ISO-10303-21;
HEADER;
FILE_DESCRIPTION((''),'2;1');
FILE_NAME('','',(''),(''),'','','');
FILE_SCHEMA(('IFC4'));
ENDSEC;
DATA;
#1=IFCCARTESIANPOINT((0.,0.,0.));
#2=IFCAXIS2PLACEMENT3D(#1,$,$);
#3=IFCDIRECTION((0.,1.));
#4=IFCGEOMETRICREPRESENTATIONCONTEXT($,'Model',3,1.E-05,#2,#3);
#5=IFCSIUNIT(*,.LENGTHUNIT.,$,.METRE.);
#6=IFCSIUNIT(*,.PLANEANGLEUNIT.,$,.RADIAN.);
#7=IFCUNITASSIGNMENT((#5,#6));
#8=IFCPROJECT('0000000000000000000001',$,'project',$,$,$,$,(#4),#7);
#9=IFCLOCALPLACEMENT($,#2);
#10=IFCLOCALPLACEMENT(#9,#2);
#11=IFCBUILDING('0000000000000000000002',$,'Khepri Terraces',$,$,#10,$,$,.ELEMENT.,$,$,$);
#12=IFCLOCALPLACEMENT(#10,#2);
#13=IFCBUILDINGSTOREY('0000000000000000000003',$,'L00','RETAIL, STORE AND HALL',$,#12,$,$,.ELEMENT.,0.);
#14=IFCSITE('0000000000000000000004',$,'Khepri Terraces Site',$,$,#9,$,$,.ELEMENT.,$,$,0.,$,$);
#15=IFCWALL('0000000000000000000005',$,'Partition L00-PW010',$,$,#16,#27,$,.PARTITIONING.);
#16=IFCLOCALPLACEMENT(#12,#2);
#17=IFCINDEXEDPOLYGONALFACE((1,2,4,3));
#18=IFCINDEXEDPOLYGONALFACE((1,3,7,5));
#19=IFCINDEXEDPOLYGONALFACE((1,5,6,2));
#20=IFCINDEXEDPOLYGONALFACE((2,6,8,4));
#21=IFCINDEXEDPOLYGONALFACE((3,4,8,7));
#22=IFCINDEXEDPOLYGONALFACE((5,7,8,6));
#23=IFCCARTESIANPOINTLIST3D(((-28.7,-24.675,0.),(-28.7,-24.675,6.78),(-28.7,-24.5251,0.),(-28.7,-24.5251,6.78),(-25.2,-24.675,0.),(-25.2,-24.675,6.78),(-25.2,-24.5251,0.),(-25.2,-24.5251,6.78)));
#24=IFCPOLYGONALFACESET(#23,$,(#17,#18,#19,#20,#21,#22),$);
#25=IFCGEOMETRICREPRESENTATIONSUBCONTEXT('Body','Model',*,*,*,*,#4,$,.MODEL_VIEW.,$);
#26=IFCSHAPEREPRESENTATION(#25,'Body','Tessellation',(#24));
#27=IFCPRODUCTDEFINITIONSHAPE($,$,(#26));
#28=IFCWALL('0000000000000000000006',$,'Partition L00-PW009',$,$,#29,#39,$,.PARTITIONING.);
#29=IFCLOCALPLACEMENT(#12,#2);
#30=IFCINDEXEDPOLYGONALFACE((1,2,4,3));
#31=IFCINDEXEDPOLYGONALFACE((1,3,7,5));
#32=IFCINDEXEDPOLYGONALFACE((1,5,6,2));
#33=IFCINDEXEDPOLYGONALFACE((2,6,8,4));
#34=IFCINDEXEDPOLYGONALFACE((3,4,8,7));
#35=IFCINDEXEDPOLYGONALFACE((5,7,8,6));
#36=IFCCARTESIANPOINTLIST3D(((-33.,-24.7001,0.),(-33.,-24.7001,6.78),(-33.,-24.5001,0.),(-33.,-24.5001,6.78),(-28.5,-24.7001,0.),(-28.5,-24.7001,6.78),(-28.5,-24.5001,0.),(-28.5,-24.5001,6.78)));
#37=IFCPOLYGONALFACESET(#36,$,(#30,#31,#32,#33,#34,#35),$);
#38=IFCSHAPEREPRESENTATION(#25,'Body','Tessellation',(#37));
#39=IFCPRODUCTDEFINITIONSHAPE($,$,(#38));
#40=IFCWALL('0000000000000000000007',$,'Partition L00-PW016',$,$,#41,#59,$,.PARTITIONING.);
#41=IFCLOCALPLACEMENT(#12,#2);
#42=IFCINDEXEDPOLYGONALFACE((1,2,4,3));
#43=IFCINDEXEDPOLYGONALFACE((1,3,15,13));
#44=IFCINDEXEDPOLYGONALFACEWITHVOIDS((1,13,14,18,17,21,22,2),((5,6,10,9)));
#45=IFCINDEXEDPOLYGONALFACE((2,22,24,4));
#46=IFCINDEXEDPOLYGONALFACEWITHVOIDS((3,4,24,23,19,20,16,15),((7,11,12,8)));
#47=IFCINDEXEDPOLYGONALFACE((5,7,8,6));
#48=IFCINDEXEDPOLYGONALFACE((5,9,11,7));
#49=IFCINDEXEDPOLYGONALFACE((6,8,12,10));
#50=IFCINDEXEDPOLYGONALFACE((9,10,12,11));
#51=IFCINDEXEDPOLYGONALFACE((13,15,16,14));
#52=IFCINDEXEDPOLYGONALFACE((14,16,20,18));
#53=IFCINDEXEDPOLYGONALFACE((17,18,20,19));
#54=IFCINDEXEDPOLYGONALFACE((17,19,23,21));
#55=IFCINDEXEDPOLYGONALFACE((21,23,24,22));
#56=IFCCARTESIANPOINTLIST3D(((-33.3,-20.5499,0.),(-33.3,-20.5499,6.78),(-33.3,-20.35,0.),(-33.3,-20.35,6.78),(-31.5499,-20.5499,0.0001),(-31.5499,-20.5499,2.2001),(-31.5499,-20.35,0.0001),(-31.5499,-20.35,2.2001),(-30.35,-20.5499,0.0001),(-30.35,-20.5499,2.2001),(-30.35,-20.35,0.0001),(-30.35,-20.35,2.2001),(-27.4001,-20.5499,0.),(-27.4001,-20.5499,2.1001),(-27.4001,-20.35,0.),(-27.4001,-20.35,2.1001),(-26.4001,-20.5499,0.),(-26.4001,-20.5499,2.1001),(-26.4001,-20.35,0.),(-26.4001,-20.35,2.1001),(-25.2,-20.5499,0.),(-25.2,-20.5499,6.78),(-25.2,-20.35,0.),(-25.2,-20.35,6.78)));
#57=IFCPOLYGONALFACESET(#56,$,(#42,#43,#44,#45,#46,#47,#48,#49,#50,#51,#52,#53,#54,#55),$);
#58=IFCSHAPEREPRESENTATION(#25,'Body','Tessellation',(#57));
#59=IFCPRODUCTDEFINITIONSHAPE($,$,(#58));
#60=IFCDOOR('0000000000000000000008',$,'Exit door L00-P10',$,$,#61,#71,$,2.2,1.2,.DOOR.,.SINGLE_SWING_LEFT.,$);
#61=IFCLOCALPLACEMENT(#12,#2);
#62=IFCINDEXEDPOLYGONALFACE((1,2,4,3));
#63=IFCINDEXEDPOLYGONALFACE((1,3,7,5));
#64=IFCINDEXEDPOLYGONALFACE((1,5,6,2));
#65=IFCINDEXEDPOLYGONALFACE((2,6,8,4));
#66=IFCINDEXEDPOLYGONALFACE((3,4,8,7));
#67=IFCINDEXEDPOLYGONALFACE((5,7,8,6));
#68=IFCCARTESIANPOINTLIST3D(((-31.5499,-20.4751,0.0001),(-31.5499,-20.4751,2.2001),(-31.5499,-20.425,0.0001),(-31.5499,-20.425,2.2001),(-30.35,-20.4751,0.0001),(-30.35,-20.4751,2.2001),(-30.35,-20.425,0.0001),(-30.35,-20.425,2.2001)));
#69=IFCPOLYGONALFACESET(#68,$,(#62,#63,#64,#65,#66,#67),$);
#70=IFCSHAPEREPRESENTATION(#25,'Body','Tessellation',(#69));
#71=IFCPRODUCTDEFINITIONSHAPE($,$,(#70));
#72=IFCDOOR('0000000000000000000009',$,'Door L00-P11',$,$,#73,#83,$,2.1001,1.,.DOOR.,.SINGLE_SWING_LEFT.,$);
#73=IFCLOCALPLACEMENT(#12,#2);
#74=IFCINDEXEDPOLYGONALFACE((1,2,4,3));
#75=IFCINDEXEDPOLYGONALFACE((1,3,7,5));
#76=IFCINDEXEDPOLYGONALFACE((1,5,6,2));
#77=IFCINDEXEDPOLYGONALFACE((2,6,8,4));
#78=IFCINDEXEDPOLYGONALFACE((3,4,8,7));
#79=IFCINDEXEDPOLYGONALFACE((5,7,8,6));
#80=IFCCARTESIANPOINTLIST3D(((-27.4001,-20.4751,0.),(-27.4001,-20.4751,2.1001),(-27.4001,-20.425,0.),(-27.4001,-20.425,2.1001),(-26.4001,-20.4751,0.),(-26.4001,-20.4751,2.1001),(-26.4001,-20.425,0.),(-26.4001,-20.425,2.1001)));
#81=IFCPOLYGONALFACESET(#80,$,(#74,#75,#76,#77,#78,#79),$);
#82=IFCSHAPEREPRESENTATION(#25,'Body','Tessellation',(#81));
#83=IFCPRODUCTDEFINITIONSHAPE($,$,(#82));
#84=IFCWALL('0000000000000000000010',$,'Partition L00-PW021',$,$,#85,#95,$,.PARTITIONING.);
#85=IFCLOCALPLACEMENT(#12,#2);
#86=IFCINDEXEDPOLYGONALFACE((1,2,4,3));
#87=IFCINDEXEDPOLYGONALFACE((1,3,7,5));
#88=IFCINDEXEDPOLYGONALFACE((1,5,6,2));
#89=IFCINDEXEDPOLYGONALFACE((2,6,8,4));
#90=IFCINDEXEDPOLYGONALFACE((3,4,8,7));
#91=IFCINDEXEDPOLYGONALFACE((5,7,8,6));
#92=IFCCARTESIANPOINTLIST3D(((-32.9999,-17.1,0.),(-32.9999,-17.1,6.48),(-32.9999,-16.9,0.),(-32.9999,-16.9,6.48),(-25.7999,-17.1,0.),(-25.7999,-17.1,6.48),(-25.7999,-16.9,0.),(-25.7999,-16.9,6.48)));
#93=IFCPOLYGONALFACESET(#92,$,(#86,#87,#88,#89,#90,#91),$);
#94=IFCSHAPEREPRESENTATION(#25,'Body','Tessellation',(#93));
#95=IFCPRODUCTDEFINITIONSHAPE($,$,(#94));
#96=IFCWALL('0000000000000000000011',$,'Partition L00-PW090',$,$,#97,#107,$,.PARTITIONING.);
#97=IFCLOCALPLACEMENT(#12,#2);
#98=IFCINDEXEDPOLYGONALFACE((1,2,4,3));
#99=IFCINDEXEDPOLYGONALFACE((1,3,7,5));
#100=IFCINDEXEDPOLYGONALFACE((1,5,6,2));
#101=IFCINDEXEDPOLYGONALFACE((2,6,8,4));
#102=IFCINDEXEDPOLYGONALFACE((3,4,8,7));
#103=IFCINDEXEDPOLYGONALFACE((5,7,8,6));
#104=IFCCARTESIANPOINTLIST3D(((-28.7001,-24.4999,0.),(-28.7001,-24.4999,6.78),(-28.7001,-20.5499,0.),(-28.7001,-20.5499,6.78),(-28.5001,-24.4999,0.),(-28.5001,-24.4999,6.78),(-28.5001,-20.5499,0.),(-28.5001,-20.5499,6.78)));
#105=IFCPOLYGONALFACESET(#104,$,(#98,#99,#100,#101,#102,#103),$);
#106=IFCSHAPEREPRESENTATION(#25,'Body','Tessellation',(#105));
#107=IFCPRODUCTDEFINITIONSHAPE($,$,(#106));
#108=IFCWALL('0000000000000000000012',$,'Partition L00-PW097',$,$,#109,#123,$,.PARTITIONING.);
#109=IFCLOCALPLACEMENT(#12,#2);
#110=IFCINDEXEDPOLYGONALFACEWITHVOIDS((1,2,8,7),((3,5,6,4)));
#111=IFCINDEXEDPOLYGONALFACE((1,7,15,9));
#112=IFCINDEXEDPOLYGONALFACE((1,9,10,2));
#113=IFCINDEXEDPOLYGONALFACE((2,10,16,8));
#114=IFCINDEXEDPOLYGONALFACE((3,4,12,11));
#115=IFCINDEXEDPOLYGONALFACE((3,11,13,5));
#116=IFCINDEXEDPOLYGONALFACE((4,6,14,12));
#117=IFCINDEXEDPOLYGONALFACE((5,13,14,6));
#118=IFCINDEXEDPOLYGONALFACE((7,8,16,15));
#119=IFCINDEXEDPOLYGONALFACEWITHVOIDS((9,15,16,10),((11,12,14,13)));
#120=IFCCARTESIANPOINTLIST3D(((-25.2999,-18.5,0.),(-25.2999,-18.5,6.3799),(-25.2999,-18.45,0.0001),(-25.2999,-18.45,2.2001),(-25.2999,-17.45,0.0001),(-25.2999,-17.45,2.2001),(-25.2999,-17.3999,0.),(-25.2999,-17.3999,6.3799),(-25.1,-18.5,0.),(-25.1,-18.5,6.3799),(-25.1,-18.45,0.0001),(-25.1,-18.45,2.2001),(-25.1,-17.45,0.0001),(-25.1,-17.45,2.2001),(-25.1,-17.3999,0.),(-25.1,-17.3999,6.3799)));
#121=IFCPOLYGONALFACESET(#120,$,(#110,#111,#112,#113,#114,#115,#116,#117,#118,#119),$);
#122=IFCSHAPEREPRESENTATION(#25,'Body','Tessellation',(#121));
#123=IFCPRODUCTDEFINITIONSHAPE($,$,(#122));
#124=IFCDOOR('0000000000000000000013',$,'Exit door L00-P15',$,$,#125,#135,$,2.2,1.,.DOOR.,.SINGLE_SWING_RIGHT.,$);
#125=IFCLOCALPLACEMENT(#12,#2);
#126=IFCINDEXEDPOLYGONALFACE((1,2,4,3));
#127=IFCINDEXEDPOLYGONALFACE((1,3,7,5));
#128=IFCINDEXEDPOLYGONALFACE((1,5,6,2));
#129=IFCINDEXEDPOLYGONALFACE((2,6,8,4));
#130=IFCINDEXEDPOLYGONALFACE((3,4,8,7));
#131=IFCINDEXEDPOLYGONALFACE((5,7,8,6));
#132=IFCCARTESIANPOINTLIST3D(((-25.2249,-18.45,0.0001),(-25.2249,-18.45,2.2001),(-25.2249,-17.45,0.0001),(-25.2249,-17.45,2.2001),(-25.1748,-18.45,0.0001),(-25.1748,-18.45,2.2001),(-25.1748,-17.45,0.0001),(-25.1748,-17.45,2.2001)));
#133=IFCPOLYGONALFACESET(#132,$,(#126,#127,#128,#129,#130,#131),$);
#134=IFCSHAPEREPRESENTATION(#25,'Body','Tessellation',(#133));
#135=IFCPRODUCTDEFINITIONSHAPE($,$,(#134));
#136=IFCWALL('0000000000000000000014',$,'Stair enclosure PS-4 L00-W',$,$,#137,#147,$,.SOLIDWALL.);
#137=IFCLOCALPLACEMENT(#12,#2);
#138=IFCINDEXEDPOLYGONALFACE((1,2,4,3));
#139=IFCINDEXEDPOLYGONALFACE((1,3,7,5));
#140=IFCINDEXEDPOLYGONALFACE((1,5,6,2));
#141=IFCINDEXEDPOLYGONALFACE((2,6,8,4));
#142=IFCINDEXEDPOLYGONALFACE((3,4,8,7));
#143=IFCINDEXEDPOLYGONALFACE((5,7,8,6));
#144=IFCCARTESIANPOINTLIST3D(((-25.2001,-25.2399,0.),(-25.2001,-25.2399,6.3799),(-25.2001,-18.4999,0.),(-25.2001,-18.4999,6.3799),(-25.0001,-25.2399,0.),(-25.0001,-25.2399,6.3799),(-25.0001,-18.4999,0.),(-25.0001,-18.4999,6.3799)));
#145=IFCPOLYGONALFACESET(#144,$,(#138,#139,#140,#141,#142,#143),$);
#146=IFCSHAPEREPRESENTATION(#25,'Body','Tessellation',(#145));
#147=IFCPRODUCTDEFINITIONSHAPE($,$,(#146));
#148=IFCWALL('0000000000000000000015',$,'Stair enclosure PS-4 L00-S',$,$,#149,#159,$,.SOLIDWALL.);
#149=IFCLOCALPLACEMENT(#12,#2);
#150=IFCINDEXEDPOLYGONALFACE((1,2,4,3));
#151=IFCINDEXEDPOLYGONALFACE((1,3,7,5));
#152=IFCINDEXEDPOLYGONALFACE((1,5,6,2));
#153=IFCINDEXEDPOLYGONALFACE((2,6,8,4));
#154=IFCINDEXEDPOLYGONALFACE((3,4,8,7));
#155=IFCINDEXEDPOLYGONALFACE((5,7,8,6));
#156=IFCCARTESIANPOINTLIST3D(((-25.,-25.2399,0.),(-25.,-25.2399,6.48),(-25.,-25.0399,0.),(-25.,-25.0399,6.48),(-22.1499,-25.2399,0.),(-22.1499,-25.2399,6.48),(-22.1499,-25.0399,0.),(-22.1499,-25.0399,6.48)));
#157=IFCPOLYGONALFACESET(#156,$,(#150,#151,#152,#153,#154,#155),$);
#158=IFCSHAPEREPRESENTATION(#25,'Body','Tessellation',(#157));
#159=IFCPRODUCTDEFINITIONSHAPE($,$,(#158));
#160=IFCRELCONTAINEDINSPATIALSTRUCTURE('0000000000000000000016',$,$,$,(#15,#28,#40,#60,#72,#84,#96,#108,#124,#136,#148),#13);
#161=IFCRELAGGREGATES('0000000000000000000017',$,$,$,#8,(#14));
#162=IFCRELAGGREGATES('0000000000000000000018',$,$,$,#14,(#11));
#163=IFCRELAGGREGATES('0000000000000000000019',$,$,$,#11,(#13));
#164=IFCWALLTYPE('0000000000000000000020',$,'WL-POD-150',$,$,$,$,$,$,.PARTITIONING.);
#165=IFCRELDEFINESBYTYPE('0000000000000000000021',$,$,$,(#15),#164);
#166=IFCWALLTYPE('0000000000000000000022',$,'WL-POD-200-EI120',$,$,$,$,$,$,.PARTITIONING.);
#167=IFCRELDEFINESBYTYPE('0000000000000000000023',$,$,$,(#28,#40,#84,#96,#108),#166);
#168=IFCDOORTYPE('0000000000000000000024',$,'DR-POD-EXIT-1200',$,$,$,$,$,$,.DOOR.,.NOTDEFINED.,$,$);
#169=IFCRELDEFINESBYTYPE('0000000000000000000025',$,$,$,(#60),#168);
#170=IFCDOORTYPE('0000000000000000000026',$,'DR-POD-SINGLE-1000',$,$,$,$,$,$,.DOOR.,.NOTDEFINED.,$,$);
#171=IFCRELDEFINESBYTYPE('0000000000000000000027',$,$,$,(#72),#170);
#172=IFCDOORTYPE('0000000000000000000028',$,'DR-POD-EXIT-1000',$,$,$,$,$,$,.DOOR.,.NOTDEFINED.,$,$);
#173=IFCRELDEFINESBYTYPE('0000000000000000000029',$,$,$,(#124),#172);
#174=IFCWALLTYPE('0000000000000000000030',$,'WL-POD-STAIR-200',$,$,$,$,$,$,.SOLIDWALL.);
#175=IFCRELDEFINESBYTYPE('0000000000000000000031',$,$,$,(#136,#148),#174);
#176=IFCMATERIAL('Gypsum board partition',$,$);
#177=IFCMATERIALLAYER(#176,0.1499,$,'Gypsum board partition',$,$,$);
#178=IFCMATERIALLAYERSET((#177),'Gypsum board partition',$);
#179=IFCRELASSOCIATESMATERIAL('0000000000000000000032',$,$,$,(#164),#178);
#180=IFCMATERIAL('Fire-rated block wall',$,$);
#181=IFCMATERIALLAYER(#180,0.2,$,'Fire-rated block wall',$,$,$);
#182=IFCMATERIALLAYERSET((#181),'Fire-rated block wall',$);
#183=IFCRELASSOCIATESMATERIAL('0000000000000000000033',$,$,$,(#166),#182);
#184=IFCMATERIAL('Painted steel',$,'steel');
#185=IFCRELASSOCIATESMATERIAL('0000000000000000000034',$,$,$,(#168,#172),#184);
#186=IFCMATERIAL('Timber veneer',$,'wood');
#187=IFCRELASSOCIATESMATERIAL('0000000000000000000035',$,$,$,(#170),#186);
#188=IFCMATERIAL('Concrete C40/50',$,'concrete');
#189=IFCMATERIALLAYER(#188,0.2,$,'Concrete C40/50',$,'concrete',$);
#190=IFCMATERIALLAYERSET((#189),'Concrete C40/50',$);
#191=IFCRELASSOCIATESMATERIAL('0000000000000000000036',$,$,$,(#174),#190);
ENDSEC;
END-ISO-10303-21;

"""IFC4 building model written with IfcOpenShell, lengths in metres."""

from ifc_helpers import new_model, si_unit, direction, frame, frame_2d, origin, place, context, subcontext, project, spatial, rectangle, extrude, material, layer, layer_set, type_object, element, fill, save


model = new_model("IFC4")

# Units and contexts
model_context = context("Model", 3, precision=1e-05, world=origin(), true_north=direction((0.0, 1.0)))
body_context = subcontext(model_context, "Body", "Model", "MODEL_VIEW")
ifc_project = project(units=[si_unit("LENGTHUNIT", "METRE"), si_unit("PLANEANGLEUNIT", "RADIAN")], contexts=[model_context])

# Site, building, storey
site_placement = place(None, origin())
site = spatial("IfcSite", under=ifc_project, at=site_placement, Name="Khepri Terraces Site", CompositionType="ELEMENT", RefElevation=0.0)
building_placement = place(site_placement, origin())
building = spatial("IfcBuilding", under=site, at=building_placement, Name="Khepri Terraces", CompositionType="ELEMENT")
storey_placement = place(building_placement, origin())
storey = spatial("IfcBuildingStorey", under=building, at=storey_placement, Name="L00", Description="RETAIL, STORE AND HALL", CompositionType="ELEMENT", Elevation=0.0)

# Walls
ifc_material_1 = material(Name="Gypsum board partition")
ifc_layer_1 = layer(ifc_material_1, 0.1499, Name="Gypsum board partition")
ifc_layer_set_1 = layer_set([ifc_layer_1], Name="Gypsum board partition")
wall_type_1 = type_object("IfcWallType", Name="WL-POD-150", PredefinedType="PARTITIONING", material=ifc_layer_set_1)
wall_1_placement = place(storey_placement, frame((-28.7, -24.6001, 0.0), z_axis=(0.0, 0.0, 1.0), x_axis=(1.0, 0.0, 0.0)))
element("IfcWall", 1, at=wall_1_placement, inside=storey, type_object=wall_type_1, Name="Partition L00-PW010", PredefinedType="PARTITIONING", context=body_context, shape_type="SweptSolid", body=[
    extrude(rectangle(XDim=3.5, YDim=0.1499, at=frame_2d((1.75, 0.0))), origin(), (0.0, 0.0, 1.0), 6.78),
])
ifc_material_2 = material(Name="Fire-rated block wall")
ifc_layer_2 = layer(ifc_material_2, 0.2, Name="Fire-rated block wall")
ifc_layer_set_2 = layer_set([ifc_layer_2], Name="Fire-rated block wall")
wall_type_2 = type_object("IfcWallType", Name="WL-POD-200-EI120", PredefinedType="PARTITIONING", material=ifc_layer_set_2)
wall_2_placement = place(storey_placement, frame((-33.0, -24.6001, 0.0), z_axis=(0.0, 0.0, 1.0), x_axis=(1.0, 0.0, 0.0)))
element("IfcWall", 2, at=wall_2_placement, inside=storey, type_object=wall_type_2, Name="Partition L00-PW009", PredefinedType="PARTITIONING", context=body_context, shape_type="SweptSolid", body=[
    extrude(rectangle(XDim=4.5, YDim=0.2, at=frame_2d((2.25, 0.0))), origin(), (0.0, 0.0, 1.0), 6.78),
])

# Wall, openings, doors
wall_3_placement = place(storey_placement, frame((-33.3, -20.45, 0.0), z_axis=(0.0, 0.0, 1.0), x_axis=(1.0, 0.0, 0.0)))
wall_3 = element("IfcWall", 3, at=wall_3_placement, inside=storey, type_object=wall_type_2, Name="Partition L00-PW016", PredefinedType="PARTITIONING", context=body_context, shape_type="SweptSolid", body=[
    extrude(rectangle(XDim=8.1001, YDim=0.2, at=frame_2d((4.05, 0.0))), origin(), (0.0, 0.0, 1.0), 6.78),
])
opening_1_placement = place(wall_3_placement, frame((1.75, 0.0, 0.0)))
opening_1 = element("IfcOpeningElement", 4, at=opening_1_placement, cuts=wall_3, PredefinedType="OPENING", context=body_context, shape_type="SweptSolid", body=[
    extrude(rectangle(XDim=1.2, YDim=2.2, at=frame_2d((0.6001, 1.1001))), frame((0.0, 0.1099, 0.0), z_axis=(0.0, -1.0, 0.0), x_axis=(1.0, 0.0, 0.0)), (0.0, 0.0, 1.0), 0.22),
])
opening_2_placement = place(wall_3_placement, frame((5.8999, 0.0, 0.0)))
opening_2 = element("IfcOpeningElement", 5, at=opening_2_placement, cuts=wall_3, PredefinedType="OPENING", context=body_context, shape_type="SweptSolid", body=[
    extrude(rectangle(XDim=1.0, YDim=2.1001, at=frame_2d((0.5, 1.05))), frame((0.0, 0.1099, 0.0), z_axis=(0.0, -1.0, 0.0), x_axis=(1.0, 0.0, 0.0)), (0.0, 0.0, 1.0), 0.22),
])
ifc_material_3 = material(Name="Painted steel", Category="steel")
door_type_1 = type_object("IfcDoorType", Name="DR-POD-EXIT-1200", OperationType="NOTDEFINED", PredefinedType="DOOR", material=ifc_material_3)
door_1_placement = place(opening_1_placement, origin())
door_1 = element("IfcDoor", 6, at=door_1_placement, inside=storey, type_object=door_type_1, Name="Exit door L00-P10", OperationType="SINGLE_SWING_LEFT", OverallHeight=2.2, OverallWidth=1.2, PredefinedType="DOOR", context=body_context, shape_type="SweptSolid", body=[
    extrude(rectangle(XDim=1.2, YDim=2.2, at=frame_2d((0.6001, 1.1001))), frame((0.0, 0.0249, 0.0), z_axis=(0.0, -1.0, 0.0), x_axis=(1.0, 0.0, 0.0)), (0.0, 0.0, 1.0), 0.05),
])
fill(opening_1, door_1)
ifc_material_4 = material(Name="Timber veneer", Category="wood")
door_type_2 = type_object("IfcDoorType", Name="DR-POD-SINGLE-1000", OperationType="NOTDEFINED", PredefinedType="DOOR", material=ifc_material_4)
door_2_placement = place(opening_2_placement, origin())
door_2 = element("IfcDoor", 7, at=door_2_placement, inside=storey, type_object=door_type_2, Name="Door L00-P11", OperationType="SINGLE_SWING_LEFT", OverallHeight=2.1001, OverallWidth=1.0, PredefinedType="DOOR", context=body_context, shape_type="SweptSolid", body=[
    extrude(rectangle(XDim=1.0, YDim=2.1001, at=frame_2d((0.5, 1.05))), frame((0.0, 0.0249, 0.0), z_axis=(0.0, -1.0, 0.0), x_axis=(1.0, 0.0, 0.0)), (0.0, 0.0, 1.0), 0.05),
])
fill(opening_2, door_2)

# Walls
wall_4_placement = place(storey_placement, frame((-33.0, -17.0, 0.0), z_axis=(0.0, 0.0, 1.0), x_axis=(1.0, 0.0, 0.0)))
element("IfcWall", 8, at=wall_4_placement, inside=storey, type_object=wall_type_2, Name="Partition L00-PW021", PredefinedType="PARTITIONING", context=body_context, shape_type="SweptSolid", body=[
    extrude(rectangle(XDim=7.2, YDim=0.2, at=frame_2d((3.6001, 0.0))), origin(), (0.0, 0.0, 1.0), 6.48),
])
wall_5_placement = place(storey_placement, frame((-28.6001, -24.5, 0.0), z_axis=(0.0, 0.0, 1.0), x_axis=(0.0, 1.0, 0.0)))
element("IfcWall", 9, at=wall_5_placement, inside=storey, type_object=wall_type_2, Name="Partition L00-PW090", PredefinedType="PARTITIONING", context=body_context, shape_type="SweptSolid", body=[
    extrude(rectangle(XDim=3.95, YDim=0.2, at=frame_2d((1.9751, 0.0))), origin(), (0.0, 0.0, 1.0), 6.78),
])

# Wall, opening, door
wall_6_placement = place(storey_placement, frame((-25.2, -18.5, 0.0), z_axis=(0.0, 0.0, 1.0), x_axis=(0.0, 1.0, 0.0)))
wall_6 = element("IfcWall", 10, at=wall_6_placement, inside=storey, type_object=wall_type_2, Name="Partition L00-PW097", PredefinedType="PARTITIONING", context=body_context, shape_type="SweptSolid", body=[
    extrude(rectangle(XDim=1.1001, YDim=0.2, at=frame_2d((0.55, 0.0))), origin(), (0.0, 0.0, 1.0), 6.3799),
])
opening_3_placement = place(wall_6_placement, frame((0.05, 0.0, 0.0)))
opening_3 = element("IfcOpeningElement", 11, at=opening_3_placement, cuts=wall_6, PredefinedType="OPENING", context=body_context, shape_type="SweptSolid", body=[
    extrude(rectangle(XDim=1.0, YDim=2.2, at=frame_2d((0.5, 1.1001))), frame((0.0, 0.1099, 0.0), z_axis=(0.0, -1.0, 0.0), x_axis=(1.0, 0.0, 0.0)), (0.0, 0.0, 1.0), 0.22),
])
door_type_3 = type_object("IfcDoorType", Name="DR-POD-EXIT-1000", OperationType="NOTDEFINED", PredefinedType="DOOR", material=ifc_material_3)
door_3_placement = place(opening_3_placement, origin())
door_3 = element("IfcDoor", 12, at=door_3_placement, inside=storey, type_object=door_type_3, Name="Exit door L00-P15", OperationType="SINGLE_SWING_RIGHT", OverallHeight=2.2, OverallWidth=1.0, PredefinedType="DOOR", context=body_context, shape_type="SweptSolid", body=[
    extrude(rectangle(XDim=1.0, YDim=2.2, at=frame_2d((0.5, 1.1001))), frame((0.0, 0.0249, 0.0), z_axis=(0.0, -1.0, 0.0), x_axis=(1.0, 0.0, 0.0)), (0.0, 0.0, 1.0), 0.05),
])
fill(opening_3, door_3)

# Walls
ifc_material_5 = material(Name="Concrete C40/50", Category="concrete")
ifc_layer_3 = layer(ifc_material_5, 0.2, Name="Concrete C40/50", Category="concrete")
ifc_layer_set_3 = layer_set([ifc_layer_3], Name="Concrete C40/50")
wall_type_3 = type_object("IfcWallType", Name="WL-POD-STAIR-200", PredefinedType="SOLIDWALL", material=ifc_layer_set_3)
wall_7_placement = place(storey_placement, frame((-25.1001, -25.24, 0.0), z_axis=(0.0, 0.0, 1.0), x_axis=(0.0, 1.0, 0.0)))
element("IfcWall", 13, at=wall_7_placement, inside=storey, type_object=wall_type_3, Name="Stair enclosure PS-4 L00-W", PredefinedType="SOLIDWALL", context=body_context, shape_type="SweptSolid", body=[
    extrude(rectangle(XDim=6.74, YDim=0.2, at=frame_2d((3.3701, 0.0))), origin(), (0.0, 0.0, 1.0), 6.3799),
])
wall_8_placement = place(storey_placement, frame((-25.0, -25.1399, 0.0), z_axis=(0.0, 0.0, 1.0), x_axis=(1.0, 0.0, 0.0)))
element("IfcWall", 14, at=wall_8_placement, inside=storey, type_object=wall_type_3, Name="Stair enclosure PS-4 L00-S", PredefinedType="SOLIDWALL", context=body_context, shape_type="SweptSolid", body=[
    extrude(rectangle(XDim=2.8501, YDim=0.2, at=frame_2d((1.425, 0.0))), origin(), (0.0, 0.0, 1.0), 6.48),
])

save(model, "model.ifc")
